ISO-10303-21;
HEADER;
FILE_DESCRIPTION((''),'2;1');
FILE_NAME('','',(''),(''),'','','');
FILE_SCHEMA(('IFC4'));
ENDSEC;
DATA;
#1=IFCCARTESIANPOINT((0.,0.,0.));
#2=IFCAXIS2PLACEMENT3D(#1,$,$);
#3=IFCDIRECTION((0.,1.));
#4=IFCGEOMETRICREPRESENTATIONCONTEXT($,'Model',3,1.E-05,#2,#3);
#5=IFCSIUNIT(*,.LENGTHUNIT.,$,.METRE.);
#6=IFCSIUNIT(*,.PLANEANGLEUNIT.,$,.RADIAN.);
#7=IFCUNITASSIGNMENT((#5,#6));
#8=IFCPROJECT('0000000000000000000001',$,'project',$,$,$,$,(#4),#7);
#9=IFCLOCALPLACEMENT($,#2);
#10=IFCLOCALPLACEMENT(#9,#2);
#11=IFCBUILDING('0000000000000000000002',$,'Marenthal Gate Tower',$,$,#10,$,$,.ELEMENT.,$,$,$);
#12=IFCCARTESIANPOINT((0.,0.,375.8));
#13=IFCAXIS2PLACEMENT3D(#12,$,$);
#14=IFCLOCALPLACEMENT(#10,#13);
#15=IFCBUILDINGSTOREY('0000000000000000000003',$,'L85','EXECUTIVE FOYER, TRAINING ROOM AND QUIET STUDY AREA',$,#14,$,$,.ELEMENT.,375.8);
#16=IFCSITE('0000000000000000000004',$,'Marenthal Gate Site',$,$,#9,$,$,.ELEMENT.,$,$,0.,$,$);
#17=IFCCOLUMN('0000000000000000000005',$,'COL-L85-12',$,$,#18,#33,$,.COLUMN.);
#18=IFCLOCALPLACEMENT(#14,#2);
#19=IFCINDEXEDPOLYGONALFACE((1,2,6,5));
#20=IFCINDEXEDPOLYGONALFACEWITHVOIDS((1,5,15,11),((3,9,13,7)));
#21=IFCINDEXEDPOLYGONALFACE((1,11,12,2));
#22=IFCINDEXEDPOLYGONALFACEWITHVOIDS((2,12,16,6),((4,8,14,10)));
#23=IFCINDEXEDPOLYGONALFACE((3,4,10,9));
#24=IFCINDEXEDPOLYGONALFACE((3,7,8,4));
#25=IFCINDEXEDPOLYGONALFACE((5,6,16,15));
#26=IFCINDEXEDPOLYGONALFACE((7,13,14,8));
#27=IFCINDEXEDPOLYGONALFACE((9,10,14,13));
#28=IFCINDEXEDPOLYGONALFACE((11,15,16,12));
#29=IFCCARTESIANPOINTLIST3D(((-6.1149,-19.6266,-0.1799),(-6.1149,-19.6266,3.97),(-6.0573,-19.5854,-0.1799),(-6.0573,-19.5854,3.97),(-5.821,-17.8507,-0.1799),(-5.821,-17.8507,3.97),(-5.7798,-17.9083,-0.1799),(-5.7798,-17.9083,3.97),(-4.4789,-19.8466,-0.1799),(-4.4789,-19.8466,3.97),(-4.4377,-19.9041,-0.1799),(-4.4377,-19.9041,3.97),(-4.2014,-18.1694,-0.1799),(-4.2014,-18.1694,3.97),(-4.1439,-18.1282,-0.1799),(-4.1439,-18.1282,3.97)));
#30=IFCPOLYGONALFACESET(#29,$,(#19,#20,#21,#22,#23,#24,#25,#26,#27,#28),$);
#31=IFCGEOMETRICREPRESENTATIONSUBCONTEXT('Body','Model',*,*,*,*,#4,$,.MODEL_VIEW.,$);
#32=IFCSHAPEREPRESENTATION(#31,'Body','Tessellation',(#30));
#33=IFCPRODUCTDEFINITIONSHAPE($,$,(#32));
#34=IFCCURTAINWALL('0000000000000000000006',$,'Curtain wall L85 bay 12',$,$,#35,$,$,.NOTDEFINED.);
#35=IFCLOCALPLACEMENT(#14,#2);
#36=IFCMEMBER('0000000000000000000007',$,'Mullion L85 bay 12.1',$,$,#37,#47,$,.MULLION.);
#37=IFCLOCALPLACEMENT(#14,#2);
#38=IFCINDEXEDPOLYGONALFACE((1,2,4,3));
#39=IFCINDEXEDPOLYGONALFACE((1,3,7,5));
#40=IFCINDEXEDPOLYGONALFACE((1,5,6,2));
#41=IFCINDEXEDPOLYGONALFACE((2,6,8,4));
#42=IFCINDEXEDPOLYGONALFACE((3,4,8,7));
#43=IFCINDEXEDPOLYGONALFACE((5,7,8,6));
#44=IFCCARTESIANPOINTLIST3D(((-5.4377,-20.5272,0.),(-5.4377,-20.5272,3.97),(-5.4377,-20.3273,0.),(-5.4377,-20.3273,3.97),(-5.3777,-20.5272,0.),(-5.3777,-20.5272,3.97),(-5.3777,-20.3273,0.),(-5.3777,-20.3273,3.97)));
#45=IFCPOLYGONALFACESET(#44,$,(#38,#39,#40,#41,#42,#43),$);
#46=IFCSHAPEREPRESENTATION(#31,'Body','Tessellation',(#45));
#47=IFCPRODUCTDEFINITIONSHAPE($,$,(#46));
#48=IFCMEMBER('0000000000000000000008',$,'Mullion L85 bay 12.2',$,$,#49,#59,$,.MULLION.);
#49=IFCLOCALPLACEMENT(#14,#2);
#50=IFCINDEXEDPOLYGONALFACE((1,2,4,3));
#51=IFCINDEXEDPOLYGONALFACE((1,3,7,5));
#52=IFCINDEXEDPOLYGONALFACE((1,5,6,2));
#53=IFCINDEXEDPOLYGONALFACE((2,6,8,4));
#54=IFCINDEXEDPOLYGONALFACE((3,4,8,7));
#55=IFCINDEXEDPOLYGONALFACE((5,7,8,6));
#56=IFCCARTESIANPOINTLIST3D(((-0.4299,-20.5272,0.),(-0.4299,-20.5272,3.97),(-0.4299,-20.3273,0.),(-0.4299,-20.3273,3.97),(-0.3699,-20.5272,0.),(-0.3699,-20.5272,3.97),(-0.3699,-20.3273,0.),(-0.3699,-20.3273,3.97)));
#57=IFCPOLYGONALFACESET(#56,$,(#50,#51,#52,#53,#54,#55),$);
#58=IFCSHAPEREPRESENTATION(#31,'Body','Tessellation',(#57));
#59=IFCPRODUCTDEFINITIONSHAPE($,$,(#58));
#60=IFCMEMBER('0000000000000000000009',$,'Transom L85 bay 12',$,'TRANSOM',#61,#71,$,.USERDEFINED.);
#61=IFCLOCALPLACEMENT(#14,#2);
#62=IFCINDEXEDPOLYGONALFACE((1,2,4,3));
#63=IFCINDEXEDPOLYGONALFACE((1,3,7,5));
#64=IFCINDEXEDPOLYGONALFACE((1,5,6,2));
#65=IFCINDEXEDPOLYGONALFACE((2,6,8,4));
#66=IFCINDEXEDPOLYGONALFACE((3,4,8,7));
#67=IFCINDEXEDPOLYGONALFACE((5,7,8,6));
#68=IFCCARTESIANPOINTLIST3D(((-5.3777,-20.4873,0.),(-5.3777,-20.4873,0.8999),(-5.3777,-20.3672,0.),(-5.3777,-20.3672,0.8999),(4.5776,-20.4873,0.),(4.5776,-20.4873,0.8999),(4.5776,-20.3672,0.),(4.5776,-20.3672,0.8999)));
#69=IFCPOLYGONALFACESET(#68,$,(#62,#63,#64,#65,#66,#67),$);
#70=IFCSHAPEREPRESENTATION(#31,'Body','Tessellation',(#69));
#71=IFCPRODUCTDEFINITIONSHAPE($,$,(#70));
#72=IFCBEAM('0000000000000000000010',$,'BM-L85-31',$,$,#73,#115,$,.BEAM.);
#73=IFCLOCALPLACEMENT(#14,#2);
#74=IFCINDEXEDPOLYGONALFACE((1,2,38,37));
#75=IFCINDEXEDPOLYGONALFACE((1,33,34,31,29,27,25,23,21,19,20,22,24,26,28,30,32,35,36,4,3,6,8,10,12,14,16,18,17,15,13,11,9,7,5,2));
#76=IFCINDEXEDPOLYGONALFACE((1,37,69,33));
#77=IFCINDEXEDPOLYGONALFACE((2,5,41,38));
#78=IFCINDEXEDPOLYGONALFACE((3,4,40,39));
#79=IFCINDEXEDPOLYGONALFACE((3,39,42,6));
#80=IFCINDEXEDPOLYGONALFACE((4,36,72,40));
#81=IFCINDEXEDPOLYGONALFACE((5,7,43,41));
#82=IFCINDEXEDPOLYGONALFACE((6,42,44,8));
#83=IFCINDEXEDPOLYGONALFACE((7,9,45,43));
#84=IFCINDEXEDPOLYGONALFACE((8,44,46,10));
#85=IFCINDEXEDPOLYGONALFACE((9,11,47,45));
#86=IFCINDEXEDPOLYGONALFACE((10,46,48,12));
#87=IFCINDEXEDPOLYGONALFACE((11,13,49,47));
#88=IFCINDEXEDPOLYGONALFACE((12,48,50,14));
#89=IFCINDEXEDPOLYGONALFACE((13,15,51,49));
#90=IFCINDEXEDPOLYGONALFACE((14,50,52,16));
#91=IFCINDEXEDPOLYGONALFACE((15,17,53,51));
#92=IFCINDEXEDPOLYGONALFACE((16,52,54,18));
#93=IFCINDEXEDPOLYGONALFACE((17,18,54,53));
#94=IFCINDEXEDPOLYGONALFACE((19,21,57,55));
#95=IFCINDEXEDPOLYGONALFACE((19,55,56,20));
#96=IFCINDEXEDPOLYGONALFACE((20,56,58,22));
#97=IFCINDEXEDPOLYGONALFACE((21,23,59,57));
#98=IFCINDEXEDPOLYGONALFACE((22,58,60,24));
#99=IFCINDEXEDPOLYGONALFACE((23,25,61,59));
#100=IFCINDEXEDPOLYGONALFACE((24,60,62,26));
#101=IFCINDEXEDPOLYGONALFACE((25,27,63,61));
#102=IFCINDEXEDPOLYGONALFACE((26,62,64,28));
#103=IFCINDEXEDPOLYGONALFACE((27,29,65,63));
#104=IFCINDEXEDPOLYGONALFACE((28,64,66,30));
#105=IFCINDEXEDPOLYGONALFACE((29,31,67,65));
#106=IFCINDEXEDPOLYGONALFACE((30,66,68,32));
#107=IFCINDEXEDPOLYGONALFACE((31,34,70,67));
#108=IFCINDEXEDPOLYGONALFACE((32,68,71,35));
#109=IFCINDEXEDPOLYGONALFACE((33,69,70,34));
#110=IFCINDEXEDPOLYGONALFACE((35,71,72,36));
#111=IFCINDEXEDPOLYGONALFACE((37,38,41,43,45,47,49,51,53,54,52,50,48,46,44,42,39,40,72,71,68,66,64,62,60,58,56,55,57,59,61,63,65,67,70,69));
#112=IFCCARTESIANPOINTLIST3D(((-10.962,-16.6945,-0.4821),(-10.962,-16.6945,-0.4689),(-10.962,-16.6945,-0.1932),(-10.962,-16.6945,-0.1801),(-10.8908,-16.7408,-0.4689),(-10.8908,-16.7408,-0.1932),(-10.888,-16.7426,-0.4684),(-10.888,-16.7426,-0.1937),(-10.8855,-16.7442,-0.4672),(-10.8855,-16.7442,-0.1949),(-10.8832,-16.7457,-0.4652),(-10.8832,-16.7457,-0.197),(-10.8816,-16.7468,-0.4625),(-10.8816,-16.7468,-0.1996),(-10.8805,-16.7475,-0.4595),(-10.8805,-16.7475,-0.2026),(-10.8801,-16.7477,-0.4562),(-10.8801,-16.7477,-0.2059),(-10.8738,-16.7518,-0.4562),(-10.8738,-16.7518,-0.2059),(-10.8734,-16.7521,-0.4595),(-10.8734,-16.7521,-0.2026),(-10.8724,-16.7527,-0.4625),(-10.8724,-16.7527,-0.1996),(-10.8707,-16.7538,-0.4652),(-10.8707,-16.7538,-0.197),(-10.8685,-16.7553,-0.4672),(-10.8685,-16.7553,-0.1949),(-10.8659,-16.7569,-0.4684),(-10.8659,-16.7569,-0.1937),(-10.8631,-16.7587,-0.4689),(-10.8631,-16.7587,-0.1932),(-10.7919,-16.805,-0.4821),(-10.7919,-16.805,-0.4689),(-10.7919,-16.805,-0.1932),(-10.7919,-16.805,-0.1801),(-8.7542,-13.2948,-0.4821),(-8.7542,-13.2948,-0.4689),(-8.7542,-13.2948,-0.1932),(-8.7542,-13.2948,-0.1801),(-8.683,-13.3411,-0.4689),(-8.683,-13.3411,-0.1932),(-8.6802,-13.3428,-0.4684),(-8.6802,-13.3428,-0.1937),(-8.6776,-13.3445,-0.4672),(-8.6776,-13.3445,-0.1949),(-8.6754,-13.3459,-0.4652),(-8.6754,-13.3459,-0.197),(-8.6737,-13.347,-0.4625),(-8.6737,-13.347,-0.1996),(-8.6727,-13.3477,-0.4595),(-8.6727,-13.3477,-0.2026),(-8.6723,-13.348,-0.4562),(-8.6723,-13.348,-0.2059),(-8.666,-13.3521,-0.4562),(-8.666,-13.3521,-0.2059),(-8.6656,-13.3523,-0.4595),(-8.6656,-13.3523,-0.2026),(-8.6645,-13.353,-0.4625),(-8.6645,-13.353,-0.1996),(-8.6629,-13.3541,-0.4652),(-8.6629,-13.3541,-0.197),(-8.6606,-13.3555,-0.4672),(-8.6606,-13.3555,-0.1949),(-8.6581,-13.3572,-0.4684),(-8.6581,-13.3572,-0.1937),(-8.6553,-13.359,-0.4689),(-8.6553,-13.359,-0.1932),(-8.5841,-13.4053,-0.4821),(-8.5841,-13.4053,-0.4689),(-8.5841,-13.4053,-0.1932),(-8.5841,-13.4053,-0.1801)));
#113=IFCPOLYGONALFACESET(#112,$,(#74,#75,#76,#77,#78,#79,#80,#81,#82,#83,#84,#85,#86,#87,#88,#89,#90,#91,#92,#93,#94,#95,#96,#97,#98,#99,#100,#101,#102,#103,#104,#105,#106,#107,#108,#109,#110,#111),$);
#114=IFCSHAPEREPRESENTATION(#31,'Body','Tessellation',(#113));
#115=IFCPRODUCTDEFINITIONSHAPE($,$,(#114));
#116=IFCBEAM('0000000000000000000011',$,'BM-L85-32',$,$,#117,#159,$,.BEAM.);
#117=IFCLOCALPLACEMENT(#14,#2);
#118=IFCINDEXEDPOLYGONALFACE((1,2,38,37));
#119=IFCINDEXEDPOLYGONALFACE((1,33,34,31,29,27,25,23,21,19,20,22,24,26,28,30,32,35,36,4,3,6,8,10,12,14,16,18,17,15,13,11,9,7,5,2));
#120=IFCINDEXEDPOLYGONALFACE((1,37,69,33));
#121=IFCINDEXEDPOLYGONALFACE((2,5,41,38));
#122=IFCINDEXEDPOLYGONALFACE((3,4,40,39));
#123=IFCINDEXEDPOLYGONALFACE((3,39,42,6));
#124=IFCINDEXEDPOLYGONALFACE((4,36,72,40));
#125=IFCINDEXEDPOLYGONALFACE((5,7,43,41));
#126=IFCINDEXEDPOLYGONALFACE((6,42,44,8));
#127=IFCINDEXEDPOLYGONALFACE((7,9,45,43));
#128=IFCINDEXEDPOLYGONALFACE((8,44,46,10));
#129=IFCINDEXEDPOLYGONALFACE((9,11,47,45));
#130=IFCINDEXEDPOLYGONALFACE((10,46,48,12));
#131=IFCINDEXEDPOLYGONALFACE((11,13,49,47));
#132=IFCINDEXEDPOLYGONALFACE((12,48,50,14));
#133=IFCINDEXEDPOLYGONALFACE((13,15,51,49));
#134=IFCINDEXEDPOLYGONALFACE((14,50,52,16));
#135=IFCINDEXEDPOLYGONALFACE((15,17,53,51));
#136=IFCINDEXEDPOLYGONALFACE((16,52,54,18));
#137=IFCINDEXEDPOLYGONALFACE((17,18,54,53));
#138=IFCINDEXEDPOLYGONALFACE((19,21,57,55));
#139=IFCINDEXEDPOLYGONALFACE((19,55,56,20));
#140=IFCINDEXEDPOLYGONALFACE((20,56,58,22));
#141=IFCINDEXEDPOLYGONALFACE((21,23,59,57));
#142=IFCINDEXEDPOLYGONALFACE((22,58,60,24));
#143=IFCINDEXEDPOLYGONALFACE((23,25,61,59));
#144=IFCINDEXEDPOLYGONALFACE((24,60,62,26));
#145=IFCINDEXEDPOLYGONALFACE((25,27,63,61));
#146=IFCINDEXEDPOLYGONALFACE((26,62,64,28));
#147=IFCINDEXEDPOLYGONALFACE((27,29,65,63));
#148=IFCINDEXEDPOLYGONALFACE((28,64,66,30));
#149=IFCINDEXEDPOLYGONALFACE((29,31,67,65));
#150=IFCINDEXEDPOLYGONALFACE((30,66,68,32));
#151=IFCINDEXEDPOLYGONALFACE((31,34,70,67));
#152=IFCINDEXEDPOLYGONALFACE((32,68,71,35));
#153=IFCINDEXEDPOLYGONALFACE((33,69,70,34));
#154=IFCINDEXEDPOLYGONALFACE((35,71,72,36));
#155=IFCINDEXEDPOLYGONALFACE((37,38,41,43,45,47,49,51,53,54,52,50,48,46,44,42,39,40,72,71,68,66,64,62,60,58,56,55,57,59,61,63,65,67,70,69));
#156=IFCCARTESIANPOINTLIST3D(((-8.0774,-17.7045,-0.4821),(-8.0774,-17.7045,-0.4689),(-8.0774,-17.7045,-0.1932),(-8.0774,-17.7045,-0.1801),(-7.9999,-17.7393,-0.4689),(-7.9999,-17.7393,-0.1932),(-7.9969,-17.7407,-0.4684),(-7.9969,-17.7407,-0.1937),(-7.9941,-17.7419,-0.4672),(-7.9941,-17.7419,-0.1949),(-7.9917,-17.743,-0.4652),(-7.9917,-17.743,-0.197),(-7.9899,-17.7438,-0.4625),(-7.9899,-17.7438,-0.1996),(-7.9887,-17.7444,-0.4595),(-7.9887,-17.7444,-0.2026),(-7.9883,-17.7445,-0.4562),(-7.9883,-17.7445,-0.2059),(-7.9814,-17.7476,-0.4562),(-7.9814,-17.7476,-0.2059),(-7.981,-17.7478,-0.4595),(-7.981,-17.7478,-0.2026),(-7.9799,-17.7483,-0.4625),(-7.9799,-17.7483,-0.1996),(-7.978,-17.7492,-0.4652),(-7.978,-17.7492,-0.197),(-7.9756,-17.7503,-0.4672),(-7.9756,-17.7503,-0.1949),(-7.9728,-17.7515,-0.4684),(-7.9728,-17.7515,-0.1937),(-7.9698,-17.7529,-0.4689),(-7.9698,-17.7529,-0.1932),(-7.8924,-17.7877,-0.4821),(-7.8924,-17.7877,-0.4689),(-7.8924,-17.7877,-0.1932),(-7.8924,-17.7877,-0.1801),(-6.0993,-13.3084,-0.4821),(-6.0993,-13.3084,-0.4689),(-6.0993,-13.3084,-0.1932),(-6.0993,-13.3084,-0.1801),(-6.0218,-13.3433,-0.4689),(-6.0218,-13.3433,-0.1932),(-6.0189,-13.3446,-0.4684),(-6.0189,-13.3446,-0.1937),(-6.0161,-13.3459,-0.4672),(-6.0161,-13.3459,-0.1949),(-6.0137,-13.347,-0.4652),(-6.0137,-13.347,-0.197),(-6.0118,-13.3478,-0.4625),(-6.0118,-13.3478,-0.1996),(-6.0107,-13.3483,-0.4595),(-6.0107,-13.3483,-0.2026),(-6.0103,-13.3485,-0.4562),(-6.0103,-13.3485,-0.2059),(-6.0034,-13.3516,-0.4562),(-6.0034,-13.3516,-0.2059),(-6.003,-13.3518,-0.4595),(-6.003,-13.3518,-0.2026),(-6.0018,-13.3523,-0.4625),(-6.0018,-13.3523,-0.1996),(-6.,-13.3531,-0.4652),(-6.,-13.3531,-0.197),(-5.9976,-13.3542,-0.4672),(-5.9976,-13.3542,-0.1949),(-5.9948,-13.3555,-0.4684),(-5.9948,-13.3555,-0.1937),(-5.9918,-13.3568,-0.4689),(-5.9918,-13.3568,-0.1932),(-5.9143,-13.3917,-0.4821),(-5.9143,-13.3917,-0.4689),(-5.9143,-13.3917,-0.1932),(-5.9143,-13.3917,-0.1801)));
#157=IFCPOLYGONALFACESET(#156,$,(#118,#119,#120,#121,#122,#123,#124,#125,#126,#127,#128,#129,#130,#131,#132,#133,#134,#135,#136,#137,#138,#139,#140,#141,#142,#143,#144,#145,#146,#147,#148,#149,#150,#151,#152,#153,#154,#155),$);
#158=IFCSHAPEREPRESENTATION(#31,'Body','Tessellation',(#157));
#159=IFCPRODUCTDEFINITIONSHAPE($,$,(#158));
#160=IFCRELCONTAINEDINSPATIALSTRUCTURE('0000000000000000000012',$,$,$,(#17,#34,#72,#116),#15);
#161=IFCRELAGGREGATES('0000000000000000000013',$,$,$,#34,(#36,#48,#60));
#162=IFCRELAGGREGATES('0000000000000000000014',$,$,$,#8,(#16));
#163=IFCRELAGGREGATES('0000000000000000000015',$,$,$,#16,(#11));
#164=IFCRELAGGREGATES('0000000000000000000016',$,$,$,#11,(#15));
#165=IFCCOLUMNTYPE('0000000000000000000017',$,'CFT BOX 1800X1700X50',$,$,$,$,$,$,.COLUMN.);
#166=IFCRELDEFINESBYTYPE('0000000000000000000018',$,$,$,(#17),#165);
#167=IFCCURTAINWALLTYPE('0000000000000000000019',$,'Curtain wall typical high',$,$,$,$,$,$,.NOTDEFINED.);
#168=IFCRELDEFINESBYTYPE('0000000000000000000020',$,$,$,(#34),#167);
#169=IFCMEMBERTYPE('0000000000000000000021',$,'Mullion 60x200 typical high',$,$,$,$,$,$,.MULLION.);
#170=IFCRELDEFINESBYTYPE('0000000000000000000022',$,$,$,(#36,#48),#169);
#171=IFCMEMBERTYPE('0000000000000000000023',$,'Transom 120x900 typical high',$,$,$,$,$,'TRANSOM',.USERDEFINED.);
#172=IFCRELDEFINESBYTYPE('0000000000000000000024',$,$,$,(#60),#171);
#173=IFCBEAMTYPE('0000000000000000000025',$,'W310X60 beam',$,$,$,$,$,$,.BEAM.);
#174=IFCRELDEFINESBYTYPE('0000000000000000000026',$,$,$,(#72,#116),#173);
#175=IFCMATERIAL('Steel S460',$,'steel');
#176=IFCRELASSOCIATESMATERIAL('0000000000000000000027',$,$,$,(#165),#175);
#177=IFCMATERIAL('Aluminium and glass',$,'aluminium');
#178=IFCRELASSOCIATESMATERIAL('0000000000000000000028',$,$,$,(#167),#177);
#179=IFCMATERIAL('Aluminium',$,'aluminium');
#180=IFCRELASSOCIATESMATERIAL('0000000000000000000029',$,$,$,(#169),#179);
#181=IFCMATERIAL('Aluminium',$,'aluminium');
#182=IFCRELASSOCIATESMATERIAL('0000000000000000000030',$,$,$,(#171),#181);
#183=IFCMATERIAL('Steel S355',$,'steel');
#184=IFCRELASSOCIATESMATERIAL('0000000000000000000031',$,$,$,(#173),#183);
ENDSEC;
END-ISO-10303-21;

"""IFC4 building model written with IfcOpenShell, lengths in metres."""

from ifc_helpers import new_model, si_unit, direction, frame, origin, origin_2d, place, context, subcontext, project, spatial, rectangle, hollow_rectangle, i_section, extrude, material, material_profile, profile_set, type_object, element, aggregate, save


model = new_model("IFC4")

# Units and contexts
model_context = context("Model", 3, precision=1e-05, world=origin(), true_north=direction((0.0, 1.0)))
body_context = subcontext(model_context, "Body", "Model", "MODEL_VIEW")
ifc_project = project(units=[si_unit("LENGTHUNIT", "METRE"), si_unit("PLANEANGLEUNIT", "RADIAN")], contexts=[model_context])

# Site, building, storey
site_placement = place(None, origin())
site = spatial("IfcSite", under=ifc_project, at=site_placement, Name="Marenthal Gate Site", CompositionType="ELEMENT", RefElevation=0.0)
building_placement = place(site_placement, origin())
building = spatial("IfcBuilding", under=site, at=building_placement, Name="Marenthal Gate Tower", CompositionType="ELEMENT")
storey_placement = place(building_placement, frame((0.0, 0.0, 375.8)))
storey = spatial("IfcBuildingStorey", under=building, at=storey_placement, Name="L85", Description="EXECUTIVE FOYER, TRAINING ROOM AND QUIET STUDY AREA", CompositionType="ELEMENT", Elevation=375.8)

# Column
ifc_material_1 = material(Name="Steel S460", Category="steel")
ifc_material_profile_1 = material_profile(ifc_material_1, hollow_rectangle(XDim=1.7, YDim=1.8, WallThickness=0.05, at=origin_2d()), Name="CFT BOX 1800X1700X50")
ifc_material_2 = material(Name="Concrete 70 MPa", Category="concrete")
ifc_material_profile_2 = material_profile(ifc_material_2, rectangle(XDim=1.6001, YDim=1.7, at=origin_2d()), Name="CFT BOX 1800X1700X50 INFILL")
ifc_profile_set_1 = profile_set([ifc_material_profile_1, ifc_material_profile_2], Name="Steel S460 shell, Concrete 70 MPa infill")
column_type = type_object("IfcColumnType", Name="CFT BOX 1800X1700X50", PredefinedType="COLUMN", material=ifc_profile_set_1)
column_placement = place(storey_placement, frame((-5.1294, -18.8774, -0.1799), z_axis=(0.0, 0.0, 1.0), x_axis=(-0.986586, 0.16324, 0.0)))
element("IfcColumn", 1, at=column_placement, inside=storey, type_object=column_type, Name="COL-L85-12", PredefinedType="COLUMN", context=body_context, shape_type="SweptSolid", body=[
    extrude(hollow_rectangle(XDim=1.7, YDim=1.8, WallThickness=0.05, at=origin_2d()), origin(), (0.0, 0.0, 1.0), 4.1499),
])

# Curtain wall, members
ifc_material_3 = material(Name="Aluminium and glass", Category="aluminium")
curtain_wall_type = type_object("IfcCurtainWallType", Name="Curtain wall typical high", PredefinedType="NOTDEFINED", material=ifc_material_3)
curtain_wall_placement = place(storey_placement, origin())
curtain_wall = element("IfcCurtainWall", 2, at=curtain_wall_placement, inside=storey, type_object=curtain_wall_type, Name="Curtain wall L85 bay 12", PredefinedType="NOTDEFINED")
ifc_material_4 = material(Name="Aluminium", Category="aluminium")
ifc_material_profile_3 = material_profile(ifc_material_4, rectangle(XDim=0.2, YDim=0.0601, at=origin_2d()), Name="60x200 aluminium mullion")
ifc_profile_set_2 = profile_set([ifc_material_profile_3], Name="Aluminium")
member_type_1 = type_object("IfcMemberType", Name="Mullion 60x200 typical high", PredefinedType="MULLION", material=ifc_profile_set_2)
member_1_placement = place(storey_placement, frame((-5.4077, -20.4272, 0.0), z_axis=(0.0, 0.0, 1.0), x_axis=(0.0, 1.0, 0.0)))
member_1 = element("IfcMember", 3, at=member_1_placement, type_object=member_type_1, Name="Mullion L85 bay 12.1", PredefinedType="MULLION", context=body_context, shape_type="SweptSolid", body=[
    extrude(rectangle(XDim=0.2, YDim=0.0601, at=origin_2d()), origin(), (0.0, 0.0, 1.0), 3.97),
])
member_2_placement = place(storey_placement, frame((-0.3999, -20.4272, 0.0), z_axis=(0.0, 0.0, 1.0), x_axis=(0.0, 1.0, 0.0)))
member_2 = element("IfcMember", 4, at=member_2_placement, type_object=member_type_1, Name="Mullion L85 bay 12.2", PredefinedType="MULLION", context=body_context, shape_type="SweptSolid", body=[
    extrude(rectangle(XDim=0.2, YDim=0.0601, at=origin_2d()), origin(), (0.0, 0.0, 1.0), 3.97),
])
ifc_material_5 = material(Name="Aluminium", Category="aluminium")
ifc_material_profile_4 = material_profile(ifc_material_5, rectangle(XDim=0.1201, YDim=0.8999, at=origin_2d()), Name="120x900 aluminium transom")
ifc_profile_set_3 = profile_set([ifc_material_profile_4], Name="Aluminium")
member_type_2 = type_object("IfcMemberType", Name="Transom 120x900 typical high", ElementType="TRANSOM", PredefinedType="USERDEFINED", material=ifc_profile_set_3)
member_3_placement = place(storey_placement, frame((-5.3777, -20.4272, 0.45), z_axis=(1.0, 0.0, 0.0), x_axis=(0.0, 1.0, 0.0)))
member_3 = element("IfcMember", 5, at=member_3_placement, type_object=member_type_2, Name="Transom L85 bay 12", ObjectType="TRANSOM", PredefinedType="USERDEFINED", context=body_context, shape_type="SweptSolid", body=[
    extrude(rectangle(XDim=0.1201, YDim=0.8999, at=origin_2d()), origin(), (0.0, 0.0, 1.0), 9.9553),
])

# Beams
ifc_material_6 = material(Name="Steel S355", Category="steel")
ifc_material_profile_5 = material_profile(ifc_material_6, i_section(OverallWidth=0.2029, OverallDepth=0.302, WebThickness=0.0076, FlangeThickness=0.0132, FilletRadius=0.0127, at=origin_2d()), Name="W310X60")
ifc_profile_set_4 = profile_set([ifc_material_profile_5], Name="Steel S355")
beam_type_1 = type_object("IfcBeamType", Name="W310X60 beam", PredefinedType="BEAM", material=ifc_profile_set_4)
beam_1_placement = place(storey_placement, frame((-10.877, -16.7498, -0.3311), z_axis=(0.544639, 0.838671, 0.0), x_axis=(-0.838671, 0.544639, 0.0)))
element("IfcBeam", 6, at=beam_1_placement, inside=storey, type_object=beam_type_1, Name="BM-L85-31", PredefinedType="BEAM", context=body_context, shape_type="SweptSolid", body=[
    extrude(i_section(OverallWidth=0.2029, OverallDepth=0.302, WebThickness=0.0076, FlangeThickness=0.0132, FilletRadius=0.0127, at=origin_2d()), origin(), (0.0, 0.0, 1.0), 4.0537),
])
beam_2_placement = place(storey_placement, frame((-7.9849, -17.7461, -0.3311), z_axis=(0.410335, 0.911935, 0.0), x_axis=(-0.911935, 0.410335, 0.0)))
element("IfcBeam", 7, at=beam_2_placement, inside=storey, type_object=beam_type_1, Name="BM-L85-32", PredefinedType="BEAM", context=body_context, shape_type="SweptSolid", body=[
    extrude(i_section(OverallWidth=0.2029, OverallDepth=0.302, WebThickness=0.0076, FlangeThickness=0.0132, FilletRadius=0.0127, at=origin_2d()), origin(), (0.0, 0.0, 1.0), 4.8206),
])

aggregate(curtain_wall, [member_1, member_2, member_3])

save(model, "model.ifc")
